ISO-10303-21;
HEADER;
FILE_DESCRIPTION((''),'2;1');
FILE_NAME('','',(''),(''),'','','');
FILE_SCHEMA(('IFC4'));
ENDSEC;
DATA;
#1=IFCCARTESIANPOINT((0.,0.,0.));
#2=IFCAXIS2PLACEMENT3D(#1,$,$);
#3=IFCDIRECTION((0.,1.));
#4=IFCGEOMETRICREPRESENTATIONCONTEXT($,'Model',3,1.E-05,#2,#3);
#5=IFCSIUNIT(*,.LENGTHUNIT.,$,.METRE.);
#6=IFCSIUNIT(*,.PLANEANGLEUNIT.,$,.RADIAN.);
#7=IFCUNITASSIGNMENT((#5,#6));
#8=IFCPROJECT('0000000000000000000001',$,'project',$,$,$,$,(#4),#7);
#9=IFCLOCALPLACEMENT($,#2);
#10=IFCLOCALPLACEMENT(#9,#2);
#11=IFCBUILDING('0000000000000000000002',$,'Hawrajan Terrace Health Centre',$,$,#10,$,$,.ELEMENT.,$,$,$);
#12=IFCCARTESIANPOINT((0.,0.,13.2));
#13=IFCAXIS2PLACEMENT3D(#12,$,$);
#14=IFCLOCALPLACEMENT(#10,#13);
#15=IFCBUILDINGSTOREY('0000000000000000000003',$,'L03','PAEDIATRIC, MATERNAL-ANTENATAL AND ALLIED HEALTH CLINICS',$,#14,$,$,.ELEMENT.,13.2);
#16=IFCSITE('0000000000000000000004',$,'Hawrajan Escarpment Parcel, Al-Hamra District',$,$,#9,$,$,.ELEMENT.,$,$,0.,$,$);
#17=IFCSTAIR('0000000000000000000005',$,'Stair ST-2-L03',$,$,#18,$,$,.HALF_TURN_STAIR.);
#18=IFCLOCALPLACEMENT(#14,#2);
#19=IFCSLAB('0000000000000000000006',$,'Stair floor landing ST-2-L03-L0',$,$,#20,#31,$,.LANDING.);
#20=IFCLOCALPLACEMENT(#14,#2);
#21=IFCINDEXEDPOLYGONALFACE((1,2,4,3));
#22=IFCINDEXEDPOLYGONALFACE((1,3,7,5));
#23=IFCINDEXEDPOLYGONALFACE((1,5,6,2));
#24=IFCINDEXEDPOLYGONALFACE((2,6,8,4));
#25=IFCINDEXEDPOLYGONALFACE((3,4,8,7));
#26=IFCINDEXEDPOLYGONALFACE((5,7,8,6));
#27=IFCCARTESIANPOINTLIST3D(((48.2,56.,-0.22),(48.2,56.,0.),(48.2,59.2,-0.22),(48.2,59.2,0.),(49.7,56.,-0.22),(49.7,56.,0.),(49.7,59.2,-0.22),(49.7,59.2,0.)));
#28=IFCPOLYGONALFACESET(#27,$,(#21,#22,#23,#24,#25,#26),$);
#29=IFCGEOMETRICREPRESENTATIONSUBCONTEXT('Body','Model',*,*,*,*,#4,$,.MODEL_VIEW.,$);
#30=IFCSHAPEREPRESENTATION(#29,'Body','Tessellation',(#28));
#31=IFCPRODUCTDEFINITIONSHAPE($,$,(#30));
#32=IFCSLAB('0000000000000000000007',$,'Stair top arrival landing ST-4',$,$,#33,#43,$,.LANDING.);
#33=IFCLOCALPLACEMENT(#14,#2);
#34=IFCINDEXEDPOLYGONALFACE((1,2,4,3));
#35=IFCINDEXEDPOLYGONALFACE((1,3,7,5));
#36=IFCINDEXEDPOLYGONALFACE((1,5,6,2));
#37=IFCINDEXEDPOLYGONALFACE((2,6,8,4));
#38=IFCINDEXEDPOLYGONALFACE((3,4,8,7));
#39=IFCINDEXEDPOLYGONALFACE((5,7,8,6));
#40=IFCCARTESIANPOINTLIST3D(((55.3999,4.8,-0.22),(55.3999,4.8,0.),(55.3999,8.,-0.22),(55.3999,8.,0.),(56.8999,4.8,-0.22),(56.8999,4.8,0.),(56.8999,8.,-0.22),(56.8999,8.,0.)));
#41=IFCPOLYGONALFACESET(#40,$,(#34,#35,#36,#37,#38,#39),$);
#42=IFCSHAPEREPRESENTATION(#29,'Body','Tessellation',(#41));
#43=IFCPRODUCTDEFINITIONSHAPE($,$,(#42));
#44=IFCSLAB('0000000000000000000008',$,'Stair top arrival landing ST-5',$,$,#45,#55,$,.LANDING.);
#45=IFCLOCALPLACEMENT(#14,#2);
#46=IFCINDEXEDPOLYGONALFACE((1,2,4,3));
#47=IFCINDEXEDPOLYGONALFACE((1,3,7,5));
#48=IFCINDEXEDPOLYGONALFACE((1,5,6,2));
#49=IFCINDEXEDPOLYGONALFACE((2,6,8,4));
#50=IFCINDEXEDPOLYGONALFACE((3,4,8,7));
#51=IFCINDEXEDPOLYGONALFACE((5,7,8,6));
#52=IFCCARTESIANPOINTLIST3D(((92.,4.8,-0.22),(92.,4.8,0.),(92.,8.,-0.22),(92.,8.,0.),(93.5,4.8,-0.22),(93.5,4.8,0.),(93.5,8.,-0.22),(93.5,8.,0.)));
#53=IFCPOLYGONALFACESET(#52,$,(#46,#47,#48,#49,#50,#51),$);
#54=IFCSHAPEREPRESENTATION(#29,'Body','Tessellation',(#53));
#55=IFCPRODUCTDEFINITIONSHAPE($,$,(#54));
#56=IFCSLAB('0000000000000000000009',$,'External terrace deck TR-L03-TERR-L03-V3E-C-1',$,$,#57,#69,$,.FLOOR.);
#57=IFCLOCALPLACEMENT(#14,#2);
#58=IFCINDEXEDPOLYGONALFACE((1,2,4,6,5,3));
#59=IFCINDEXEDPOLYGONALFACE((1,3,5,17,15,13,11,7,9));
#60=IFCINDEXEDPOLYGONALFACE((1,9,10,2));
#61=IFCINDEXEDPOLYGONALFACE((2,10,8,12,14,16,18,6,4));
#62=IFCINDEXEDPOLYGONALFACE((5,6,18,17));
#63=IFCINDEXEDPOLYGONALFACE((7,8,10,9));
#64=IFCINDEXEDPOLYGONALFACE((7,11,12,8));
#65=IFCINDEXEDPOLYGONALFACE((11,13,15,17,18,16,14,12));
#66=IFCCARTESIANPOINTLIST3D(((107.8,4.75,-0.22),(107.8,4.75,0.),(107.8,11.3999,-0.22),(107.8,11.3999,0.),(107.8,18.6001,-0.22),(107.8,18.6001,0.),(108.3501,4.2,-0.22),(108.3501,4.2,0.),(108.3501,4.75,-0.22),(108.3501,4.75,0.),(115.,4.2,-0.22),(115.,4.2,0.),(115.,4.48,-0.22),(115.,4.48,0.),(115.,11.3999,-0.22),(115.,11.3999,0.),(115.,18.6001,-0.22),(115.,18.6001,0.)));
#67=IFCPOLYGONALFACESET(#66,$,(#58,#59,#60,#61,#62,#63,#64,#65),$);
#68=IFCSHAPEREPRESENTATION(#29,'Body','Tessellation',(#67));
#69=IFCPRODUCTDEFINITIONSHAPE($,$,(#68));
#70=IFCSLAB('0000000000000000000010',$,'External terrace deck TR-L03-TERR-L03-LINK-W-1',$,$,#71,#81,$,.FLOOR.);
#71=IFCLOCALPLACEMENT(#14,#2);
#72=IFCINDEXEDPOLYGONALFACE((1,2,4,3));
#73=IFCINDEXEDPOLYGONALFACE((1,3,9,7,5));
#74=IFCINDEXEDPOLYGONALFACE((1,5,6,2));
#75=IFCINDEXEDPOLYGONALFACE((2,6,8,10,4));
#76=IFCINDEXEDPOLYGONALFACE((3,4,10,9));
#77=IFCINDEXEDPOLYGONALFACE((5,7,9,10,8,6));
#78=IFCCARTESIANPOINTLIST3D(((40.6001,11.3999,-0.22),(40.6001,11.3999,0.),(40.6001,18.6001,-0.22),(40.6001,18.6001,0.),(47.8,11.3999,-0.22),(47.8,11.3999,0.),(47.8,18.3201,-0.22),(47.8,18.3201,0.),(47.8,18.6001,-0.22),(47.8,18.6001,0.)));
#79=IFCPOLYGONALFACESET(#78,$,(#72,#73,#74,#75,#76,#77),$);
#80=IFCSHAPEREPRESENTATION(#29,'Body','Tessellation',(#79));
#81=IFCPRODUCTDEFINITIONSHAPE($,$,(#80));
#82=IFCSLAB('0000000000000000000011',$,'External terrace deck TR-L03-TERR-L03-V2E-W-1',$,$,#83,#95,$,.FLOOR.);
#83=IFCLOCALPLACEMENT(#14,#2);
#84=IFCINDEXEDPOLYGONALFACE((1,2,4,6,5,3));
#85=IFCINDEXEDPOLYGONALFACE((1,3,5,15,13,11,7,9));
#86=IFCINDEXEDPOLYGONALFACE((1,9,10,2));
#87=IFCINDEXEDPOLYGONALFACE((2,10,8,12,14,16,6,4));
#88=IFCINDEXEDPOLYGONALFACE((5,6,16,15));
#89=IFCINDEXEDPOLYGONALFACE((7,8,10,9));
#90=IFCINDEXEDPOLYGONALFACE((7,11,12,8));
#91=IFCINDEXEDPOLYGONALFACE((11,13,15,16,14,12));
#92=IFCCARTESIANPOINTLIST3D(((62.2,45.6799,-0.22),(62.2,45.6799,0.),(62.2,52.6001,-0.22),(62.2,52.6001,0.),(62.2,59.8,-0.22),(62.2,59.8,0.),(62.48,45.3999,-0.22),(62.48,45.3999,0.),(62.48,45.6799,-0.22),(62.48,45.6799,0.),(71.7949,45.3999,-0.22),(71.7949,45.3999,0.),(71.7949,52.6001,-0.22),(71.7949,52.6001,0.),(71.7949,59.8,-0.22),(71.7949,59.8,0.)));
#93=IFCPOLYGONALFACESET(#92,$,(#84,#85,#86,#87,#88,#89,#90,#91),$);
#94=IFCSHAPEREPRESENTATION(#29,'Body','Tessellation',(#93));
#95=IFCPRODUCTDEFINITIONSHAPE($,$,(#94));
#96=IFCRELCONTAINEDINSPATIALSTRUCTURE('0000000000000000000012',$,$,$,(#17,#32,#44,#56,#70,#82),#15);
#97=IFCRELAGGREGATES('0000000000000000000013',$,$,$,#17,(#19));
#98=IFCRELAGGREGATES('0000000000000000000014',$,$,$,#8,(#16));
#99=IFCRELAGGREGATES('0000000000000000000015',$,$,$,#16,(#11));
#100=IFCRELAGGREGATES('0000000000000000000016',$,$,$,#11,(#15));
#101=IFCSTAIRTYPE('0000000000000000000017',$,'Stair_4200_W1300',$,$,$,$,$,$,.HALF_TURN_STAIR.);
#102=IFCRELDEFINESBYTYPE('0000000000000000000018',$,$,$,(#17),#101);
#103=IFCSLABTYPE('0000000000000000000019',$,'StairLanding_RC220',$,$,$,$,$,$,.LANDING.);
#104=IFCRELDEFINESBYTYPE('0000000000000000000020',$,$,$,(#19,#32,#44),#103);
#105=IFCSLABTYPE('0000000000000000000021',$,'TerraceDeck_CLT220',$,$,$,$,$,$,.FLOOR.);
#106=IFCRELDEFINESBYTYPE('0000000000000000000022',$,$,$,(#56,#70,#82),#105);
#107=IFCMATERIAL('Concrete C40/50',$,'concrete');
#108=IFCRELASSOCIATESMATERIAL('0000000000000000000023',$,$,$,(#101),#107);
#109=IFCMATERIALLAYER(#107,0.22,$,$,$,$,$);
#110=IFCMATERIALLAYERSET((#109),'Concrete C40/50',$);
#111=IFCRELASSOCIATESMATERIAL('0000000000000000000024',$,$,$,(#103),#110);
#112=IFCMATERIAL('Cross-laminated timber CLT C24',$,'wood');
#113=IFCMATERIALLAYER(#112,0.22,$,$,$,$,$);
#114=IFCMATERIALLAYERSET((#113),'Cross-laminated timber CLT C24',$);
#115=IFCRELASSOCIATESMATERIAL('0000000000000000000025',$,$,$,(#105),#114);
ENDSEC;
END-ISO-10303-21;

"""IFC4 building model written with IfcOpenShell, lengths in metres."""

from ifc_helpers import new_model, si_unit, direction, frame, origin, place, context, subcontext, project, spatial, polyline, outline, extrude, material, layer, layer_set, type_object, element, aggregate, save


model = new_model("IFC4")

# Units and contexts
model_context = context("Model", 3, precision=1e-05, world=origin(), true_north=direction((0.0, 1.0)))
body_context = subcontext(model_context, "Body", "Model", "MODEL_VIEW")
ifc_project = project(units=[si_unit("LENGTHUNIT", "METRE"), si_unit("PLANEANGLEUNIT", "RADIAN")], contexts=[model_context])

# Site, building, storey
site_placement = place(None, origin())
site = spatial("IfcSite", under=ifc_project, at=site_placement, Name="Hawrajan Escarpment Parcel, Al-Hamra District", CompositionType="ELEMENT", RefElevation=0.0)
building_placement = place(site_placement, origin())
building = spatial("IfcBuilding", under=site, at=building_placement, Name="Hawrajan Terrace Health Centre", CompositionType="ELEMENT")
storey_placement = place(building_placement, frame((0.0, 0.0, 13.2)))
storey = spatial("IfcBuildingStorey", under=building, at=storey_placement, Name="L03", Description="PAEDIATRIC, MATERNAL-ANTENATAL AND ALLIED HEALTH CLINICS", CompositionType="ELEMENT", Elevation=13.2)

# Shared definitions
ifc_material_1 = material(Name="Cross-laminated timber CLT C24", Category="wood")

# Stair, slab
ifc_material_2 = material(Name="Concrete C40/50", Category="concrete")
stair_type = type_object("IfcStairType", Name="Stair_4200_W1300", PredefinedType="HALF_TURN_STAIR", material=ifc_material_2)
ifc_layer_1 = layer(ifc_material_2, 0.22)
ifc_layer_set_1 = layer_set([ifc_layer_1], Name="Concrete C40/50")
slab_type_1 = type_object("IfcSlabType", Name="StairLanding_RC220", PredefinedType="LANDING", material=ifc_layer_set_1)
stair_1_placement = place(storey_placement, origin())
stair_1 = element("IfcStair", 1, at=stair_1_placement, inside=storey, type_object=stair_type, Name="Stair ST-2-L03", PredefinedType="HALF_TURN_STAIR")
slab_1_placement = place(storey_placement, frame((0.0, 0.0, -0.22)))
slab_1 = element("IfcSlab", 2, at=slab_1_placement, type_object=slab_type_1, Name="Stair floor landing ST-2-L03-L0", PredefinedType="LANDING", context=body_context, shape_type="SweptSolid", body=[
    extrude(outline(polyline([(48.2, 56.0), (49.7, 56.0), (49.7, 59.2), (48.2, 59.2), (48.2, 56.0)])), origin(), (0.0, 0.0, 1.0), 0.22),
])
aggregate(stair_1, [slab_1])

# Slabs
slab_2_placement = place(storey_placement, frame((0.0, 0.0, -0.22)))
element("IfcSlab", 3, at=slab_2_placement, inside=storey, type_object=slab_type_1, Name="Stair top arrival landing ST-4", PredefinedType="LANDING", context=body_context, shape_type="SweptSolid", body=[
    extrude(outline(polyline([(55.3999, 4.8), (56.8999, 4.8), (56.8999, 8.0), (55.3999, 8.0), (55.3999, 4.8)])), origin(), (0.0, 0.0, 1.0), 0.22),
])
slab_3_placement = place(storey_placement, frame((0.0, 0.0, -0.22)))
element("IfcSlab", 4, at=slab_3_placement, inside=storey, type_object=slab_type_1, Name="Stair top arrival landing ST-5", PredefinedType="LANDING", context=body_context, shape_type="SweptSolid", body=[
    extrude(outline(polyline([(92.0, 4.8), (93.5, 4.8), (93.5, 8.0), (92.0, 8.0), (92.0, 4.8)])), origin(), (0.0, 0.0, 1.0), 0.22),
])
ifc_layer_2 = layer(ifc_material_1, 0.22)
ifc_layer_set_2 = layer_set([ifc_layer_2], Name="Cross-laminated timber CLT C24")
slab_type_2 = type_object("IfcSlabType", Name="TerraceDeck_CLT220", PredefinedType="FLOOR", material=ifc_layer_set_2)
slab_4_placement = place(storey_placement, frame((0.0, 0.0, -0.22)))
element("IfcSlab", 5, at=slab_4_placement, inside=storey, type_object=slab_type_2, Name="External terrace deck TR-L03-TERR-L03-V3E-C-1", PredefinedType="FLOOR", context=body_context, shape_type="SweptSolid", body=[
    extrude(outline(polyline([(108.3501, 4.2), (108.3501, 4.75), (107.8, 4.75), (107.8, 11.3999), (107.8, 18.6001), (115.0, 18.6001), (115.0, 11.3999), (115.0, 4.48), (115.0, 4.2), (108.3501, 4.2)])), origin(), (0.0, 0.0, 1.0), 0.22),
])
slab_5_placement = place(storey_placement, frame((0.0, 0.0, -0.22)))
element("IfcSlab", 6, at=slab_5_placement, inside=storey, type_object=slab_type_2, Name="External terrace deck TR-L03-TERR-L03-LINK-W-1", PredefinedType="FLOOR", context=body_context, shape_type="SweptSolid", body=[
    extrude(outline(polyline([(47.8, 11.3999), (40.6001, 11.3999), (40.6001, 18.6001), (47.8, 18.6001), (47.8, 18.3201), (47.8, 11.3999)])), origin(), (0.0, 0.0, 1.0), 0.22),
])
slab_6_placement = place(storey_placement, frame((0.0, 0.0, -0.22)))
element("IfcSlab", 7, at=slab_6_placement, inside=storey, type_object=slab_type_2, Name="External terrace deck TR-L03-TERR-L03-V2E-W-1", PredefinedType="FLOOR", context=body_context, shape_type="SweptSolid", body=[
    extrude(outline(polyline([(62.48, 45.3999), (62.48, 45.6799), (62.2, 45.6799), (62.2, 52.6001), (62.2, 59.8), (71.7949, 59.8), (71.7949, 52.6001), (71.7949, 45.3999), (62.48, 45.3999)])), origin(), (0.0, 0.0, 1.0), 0.22),
])

save(model, "model.ifc")
